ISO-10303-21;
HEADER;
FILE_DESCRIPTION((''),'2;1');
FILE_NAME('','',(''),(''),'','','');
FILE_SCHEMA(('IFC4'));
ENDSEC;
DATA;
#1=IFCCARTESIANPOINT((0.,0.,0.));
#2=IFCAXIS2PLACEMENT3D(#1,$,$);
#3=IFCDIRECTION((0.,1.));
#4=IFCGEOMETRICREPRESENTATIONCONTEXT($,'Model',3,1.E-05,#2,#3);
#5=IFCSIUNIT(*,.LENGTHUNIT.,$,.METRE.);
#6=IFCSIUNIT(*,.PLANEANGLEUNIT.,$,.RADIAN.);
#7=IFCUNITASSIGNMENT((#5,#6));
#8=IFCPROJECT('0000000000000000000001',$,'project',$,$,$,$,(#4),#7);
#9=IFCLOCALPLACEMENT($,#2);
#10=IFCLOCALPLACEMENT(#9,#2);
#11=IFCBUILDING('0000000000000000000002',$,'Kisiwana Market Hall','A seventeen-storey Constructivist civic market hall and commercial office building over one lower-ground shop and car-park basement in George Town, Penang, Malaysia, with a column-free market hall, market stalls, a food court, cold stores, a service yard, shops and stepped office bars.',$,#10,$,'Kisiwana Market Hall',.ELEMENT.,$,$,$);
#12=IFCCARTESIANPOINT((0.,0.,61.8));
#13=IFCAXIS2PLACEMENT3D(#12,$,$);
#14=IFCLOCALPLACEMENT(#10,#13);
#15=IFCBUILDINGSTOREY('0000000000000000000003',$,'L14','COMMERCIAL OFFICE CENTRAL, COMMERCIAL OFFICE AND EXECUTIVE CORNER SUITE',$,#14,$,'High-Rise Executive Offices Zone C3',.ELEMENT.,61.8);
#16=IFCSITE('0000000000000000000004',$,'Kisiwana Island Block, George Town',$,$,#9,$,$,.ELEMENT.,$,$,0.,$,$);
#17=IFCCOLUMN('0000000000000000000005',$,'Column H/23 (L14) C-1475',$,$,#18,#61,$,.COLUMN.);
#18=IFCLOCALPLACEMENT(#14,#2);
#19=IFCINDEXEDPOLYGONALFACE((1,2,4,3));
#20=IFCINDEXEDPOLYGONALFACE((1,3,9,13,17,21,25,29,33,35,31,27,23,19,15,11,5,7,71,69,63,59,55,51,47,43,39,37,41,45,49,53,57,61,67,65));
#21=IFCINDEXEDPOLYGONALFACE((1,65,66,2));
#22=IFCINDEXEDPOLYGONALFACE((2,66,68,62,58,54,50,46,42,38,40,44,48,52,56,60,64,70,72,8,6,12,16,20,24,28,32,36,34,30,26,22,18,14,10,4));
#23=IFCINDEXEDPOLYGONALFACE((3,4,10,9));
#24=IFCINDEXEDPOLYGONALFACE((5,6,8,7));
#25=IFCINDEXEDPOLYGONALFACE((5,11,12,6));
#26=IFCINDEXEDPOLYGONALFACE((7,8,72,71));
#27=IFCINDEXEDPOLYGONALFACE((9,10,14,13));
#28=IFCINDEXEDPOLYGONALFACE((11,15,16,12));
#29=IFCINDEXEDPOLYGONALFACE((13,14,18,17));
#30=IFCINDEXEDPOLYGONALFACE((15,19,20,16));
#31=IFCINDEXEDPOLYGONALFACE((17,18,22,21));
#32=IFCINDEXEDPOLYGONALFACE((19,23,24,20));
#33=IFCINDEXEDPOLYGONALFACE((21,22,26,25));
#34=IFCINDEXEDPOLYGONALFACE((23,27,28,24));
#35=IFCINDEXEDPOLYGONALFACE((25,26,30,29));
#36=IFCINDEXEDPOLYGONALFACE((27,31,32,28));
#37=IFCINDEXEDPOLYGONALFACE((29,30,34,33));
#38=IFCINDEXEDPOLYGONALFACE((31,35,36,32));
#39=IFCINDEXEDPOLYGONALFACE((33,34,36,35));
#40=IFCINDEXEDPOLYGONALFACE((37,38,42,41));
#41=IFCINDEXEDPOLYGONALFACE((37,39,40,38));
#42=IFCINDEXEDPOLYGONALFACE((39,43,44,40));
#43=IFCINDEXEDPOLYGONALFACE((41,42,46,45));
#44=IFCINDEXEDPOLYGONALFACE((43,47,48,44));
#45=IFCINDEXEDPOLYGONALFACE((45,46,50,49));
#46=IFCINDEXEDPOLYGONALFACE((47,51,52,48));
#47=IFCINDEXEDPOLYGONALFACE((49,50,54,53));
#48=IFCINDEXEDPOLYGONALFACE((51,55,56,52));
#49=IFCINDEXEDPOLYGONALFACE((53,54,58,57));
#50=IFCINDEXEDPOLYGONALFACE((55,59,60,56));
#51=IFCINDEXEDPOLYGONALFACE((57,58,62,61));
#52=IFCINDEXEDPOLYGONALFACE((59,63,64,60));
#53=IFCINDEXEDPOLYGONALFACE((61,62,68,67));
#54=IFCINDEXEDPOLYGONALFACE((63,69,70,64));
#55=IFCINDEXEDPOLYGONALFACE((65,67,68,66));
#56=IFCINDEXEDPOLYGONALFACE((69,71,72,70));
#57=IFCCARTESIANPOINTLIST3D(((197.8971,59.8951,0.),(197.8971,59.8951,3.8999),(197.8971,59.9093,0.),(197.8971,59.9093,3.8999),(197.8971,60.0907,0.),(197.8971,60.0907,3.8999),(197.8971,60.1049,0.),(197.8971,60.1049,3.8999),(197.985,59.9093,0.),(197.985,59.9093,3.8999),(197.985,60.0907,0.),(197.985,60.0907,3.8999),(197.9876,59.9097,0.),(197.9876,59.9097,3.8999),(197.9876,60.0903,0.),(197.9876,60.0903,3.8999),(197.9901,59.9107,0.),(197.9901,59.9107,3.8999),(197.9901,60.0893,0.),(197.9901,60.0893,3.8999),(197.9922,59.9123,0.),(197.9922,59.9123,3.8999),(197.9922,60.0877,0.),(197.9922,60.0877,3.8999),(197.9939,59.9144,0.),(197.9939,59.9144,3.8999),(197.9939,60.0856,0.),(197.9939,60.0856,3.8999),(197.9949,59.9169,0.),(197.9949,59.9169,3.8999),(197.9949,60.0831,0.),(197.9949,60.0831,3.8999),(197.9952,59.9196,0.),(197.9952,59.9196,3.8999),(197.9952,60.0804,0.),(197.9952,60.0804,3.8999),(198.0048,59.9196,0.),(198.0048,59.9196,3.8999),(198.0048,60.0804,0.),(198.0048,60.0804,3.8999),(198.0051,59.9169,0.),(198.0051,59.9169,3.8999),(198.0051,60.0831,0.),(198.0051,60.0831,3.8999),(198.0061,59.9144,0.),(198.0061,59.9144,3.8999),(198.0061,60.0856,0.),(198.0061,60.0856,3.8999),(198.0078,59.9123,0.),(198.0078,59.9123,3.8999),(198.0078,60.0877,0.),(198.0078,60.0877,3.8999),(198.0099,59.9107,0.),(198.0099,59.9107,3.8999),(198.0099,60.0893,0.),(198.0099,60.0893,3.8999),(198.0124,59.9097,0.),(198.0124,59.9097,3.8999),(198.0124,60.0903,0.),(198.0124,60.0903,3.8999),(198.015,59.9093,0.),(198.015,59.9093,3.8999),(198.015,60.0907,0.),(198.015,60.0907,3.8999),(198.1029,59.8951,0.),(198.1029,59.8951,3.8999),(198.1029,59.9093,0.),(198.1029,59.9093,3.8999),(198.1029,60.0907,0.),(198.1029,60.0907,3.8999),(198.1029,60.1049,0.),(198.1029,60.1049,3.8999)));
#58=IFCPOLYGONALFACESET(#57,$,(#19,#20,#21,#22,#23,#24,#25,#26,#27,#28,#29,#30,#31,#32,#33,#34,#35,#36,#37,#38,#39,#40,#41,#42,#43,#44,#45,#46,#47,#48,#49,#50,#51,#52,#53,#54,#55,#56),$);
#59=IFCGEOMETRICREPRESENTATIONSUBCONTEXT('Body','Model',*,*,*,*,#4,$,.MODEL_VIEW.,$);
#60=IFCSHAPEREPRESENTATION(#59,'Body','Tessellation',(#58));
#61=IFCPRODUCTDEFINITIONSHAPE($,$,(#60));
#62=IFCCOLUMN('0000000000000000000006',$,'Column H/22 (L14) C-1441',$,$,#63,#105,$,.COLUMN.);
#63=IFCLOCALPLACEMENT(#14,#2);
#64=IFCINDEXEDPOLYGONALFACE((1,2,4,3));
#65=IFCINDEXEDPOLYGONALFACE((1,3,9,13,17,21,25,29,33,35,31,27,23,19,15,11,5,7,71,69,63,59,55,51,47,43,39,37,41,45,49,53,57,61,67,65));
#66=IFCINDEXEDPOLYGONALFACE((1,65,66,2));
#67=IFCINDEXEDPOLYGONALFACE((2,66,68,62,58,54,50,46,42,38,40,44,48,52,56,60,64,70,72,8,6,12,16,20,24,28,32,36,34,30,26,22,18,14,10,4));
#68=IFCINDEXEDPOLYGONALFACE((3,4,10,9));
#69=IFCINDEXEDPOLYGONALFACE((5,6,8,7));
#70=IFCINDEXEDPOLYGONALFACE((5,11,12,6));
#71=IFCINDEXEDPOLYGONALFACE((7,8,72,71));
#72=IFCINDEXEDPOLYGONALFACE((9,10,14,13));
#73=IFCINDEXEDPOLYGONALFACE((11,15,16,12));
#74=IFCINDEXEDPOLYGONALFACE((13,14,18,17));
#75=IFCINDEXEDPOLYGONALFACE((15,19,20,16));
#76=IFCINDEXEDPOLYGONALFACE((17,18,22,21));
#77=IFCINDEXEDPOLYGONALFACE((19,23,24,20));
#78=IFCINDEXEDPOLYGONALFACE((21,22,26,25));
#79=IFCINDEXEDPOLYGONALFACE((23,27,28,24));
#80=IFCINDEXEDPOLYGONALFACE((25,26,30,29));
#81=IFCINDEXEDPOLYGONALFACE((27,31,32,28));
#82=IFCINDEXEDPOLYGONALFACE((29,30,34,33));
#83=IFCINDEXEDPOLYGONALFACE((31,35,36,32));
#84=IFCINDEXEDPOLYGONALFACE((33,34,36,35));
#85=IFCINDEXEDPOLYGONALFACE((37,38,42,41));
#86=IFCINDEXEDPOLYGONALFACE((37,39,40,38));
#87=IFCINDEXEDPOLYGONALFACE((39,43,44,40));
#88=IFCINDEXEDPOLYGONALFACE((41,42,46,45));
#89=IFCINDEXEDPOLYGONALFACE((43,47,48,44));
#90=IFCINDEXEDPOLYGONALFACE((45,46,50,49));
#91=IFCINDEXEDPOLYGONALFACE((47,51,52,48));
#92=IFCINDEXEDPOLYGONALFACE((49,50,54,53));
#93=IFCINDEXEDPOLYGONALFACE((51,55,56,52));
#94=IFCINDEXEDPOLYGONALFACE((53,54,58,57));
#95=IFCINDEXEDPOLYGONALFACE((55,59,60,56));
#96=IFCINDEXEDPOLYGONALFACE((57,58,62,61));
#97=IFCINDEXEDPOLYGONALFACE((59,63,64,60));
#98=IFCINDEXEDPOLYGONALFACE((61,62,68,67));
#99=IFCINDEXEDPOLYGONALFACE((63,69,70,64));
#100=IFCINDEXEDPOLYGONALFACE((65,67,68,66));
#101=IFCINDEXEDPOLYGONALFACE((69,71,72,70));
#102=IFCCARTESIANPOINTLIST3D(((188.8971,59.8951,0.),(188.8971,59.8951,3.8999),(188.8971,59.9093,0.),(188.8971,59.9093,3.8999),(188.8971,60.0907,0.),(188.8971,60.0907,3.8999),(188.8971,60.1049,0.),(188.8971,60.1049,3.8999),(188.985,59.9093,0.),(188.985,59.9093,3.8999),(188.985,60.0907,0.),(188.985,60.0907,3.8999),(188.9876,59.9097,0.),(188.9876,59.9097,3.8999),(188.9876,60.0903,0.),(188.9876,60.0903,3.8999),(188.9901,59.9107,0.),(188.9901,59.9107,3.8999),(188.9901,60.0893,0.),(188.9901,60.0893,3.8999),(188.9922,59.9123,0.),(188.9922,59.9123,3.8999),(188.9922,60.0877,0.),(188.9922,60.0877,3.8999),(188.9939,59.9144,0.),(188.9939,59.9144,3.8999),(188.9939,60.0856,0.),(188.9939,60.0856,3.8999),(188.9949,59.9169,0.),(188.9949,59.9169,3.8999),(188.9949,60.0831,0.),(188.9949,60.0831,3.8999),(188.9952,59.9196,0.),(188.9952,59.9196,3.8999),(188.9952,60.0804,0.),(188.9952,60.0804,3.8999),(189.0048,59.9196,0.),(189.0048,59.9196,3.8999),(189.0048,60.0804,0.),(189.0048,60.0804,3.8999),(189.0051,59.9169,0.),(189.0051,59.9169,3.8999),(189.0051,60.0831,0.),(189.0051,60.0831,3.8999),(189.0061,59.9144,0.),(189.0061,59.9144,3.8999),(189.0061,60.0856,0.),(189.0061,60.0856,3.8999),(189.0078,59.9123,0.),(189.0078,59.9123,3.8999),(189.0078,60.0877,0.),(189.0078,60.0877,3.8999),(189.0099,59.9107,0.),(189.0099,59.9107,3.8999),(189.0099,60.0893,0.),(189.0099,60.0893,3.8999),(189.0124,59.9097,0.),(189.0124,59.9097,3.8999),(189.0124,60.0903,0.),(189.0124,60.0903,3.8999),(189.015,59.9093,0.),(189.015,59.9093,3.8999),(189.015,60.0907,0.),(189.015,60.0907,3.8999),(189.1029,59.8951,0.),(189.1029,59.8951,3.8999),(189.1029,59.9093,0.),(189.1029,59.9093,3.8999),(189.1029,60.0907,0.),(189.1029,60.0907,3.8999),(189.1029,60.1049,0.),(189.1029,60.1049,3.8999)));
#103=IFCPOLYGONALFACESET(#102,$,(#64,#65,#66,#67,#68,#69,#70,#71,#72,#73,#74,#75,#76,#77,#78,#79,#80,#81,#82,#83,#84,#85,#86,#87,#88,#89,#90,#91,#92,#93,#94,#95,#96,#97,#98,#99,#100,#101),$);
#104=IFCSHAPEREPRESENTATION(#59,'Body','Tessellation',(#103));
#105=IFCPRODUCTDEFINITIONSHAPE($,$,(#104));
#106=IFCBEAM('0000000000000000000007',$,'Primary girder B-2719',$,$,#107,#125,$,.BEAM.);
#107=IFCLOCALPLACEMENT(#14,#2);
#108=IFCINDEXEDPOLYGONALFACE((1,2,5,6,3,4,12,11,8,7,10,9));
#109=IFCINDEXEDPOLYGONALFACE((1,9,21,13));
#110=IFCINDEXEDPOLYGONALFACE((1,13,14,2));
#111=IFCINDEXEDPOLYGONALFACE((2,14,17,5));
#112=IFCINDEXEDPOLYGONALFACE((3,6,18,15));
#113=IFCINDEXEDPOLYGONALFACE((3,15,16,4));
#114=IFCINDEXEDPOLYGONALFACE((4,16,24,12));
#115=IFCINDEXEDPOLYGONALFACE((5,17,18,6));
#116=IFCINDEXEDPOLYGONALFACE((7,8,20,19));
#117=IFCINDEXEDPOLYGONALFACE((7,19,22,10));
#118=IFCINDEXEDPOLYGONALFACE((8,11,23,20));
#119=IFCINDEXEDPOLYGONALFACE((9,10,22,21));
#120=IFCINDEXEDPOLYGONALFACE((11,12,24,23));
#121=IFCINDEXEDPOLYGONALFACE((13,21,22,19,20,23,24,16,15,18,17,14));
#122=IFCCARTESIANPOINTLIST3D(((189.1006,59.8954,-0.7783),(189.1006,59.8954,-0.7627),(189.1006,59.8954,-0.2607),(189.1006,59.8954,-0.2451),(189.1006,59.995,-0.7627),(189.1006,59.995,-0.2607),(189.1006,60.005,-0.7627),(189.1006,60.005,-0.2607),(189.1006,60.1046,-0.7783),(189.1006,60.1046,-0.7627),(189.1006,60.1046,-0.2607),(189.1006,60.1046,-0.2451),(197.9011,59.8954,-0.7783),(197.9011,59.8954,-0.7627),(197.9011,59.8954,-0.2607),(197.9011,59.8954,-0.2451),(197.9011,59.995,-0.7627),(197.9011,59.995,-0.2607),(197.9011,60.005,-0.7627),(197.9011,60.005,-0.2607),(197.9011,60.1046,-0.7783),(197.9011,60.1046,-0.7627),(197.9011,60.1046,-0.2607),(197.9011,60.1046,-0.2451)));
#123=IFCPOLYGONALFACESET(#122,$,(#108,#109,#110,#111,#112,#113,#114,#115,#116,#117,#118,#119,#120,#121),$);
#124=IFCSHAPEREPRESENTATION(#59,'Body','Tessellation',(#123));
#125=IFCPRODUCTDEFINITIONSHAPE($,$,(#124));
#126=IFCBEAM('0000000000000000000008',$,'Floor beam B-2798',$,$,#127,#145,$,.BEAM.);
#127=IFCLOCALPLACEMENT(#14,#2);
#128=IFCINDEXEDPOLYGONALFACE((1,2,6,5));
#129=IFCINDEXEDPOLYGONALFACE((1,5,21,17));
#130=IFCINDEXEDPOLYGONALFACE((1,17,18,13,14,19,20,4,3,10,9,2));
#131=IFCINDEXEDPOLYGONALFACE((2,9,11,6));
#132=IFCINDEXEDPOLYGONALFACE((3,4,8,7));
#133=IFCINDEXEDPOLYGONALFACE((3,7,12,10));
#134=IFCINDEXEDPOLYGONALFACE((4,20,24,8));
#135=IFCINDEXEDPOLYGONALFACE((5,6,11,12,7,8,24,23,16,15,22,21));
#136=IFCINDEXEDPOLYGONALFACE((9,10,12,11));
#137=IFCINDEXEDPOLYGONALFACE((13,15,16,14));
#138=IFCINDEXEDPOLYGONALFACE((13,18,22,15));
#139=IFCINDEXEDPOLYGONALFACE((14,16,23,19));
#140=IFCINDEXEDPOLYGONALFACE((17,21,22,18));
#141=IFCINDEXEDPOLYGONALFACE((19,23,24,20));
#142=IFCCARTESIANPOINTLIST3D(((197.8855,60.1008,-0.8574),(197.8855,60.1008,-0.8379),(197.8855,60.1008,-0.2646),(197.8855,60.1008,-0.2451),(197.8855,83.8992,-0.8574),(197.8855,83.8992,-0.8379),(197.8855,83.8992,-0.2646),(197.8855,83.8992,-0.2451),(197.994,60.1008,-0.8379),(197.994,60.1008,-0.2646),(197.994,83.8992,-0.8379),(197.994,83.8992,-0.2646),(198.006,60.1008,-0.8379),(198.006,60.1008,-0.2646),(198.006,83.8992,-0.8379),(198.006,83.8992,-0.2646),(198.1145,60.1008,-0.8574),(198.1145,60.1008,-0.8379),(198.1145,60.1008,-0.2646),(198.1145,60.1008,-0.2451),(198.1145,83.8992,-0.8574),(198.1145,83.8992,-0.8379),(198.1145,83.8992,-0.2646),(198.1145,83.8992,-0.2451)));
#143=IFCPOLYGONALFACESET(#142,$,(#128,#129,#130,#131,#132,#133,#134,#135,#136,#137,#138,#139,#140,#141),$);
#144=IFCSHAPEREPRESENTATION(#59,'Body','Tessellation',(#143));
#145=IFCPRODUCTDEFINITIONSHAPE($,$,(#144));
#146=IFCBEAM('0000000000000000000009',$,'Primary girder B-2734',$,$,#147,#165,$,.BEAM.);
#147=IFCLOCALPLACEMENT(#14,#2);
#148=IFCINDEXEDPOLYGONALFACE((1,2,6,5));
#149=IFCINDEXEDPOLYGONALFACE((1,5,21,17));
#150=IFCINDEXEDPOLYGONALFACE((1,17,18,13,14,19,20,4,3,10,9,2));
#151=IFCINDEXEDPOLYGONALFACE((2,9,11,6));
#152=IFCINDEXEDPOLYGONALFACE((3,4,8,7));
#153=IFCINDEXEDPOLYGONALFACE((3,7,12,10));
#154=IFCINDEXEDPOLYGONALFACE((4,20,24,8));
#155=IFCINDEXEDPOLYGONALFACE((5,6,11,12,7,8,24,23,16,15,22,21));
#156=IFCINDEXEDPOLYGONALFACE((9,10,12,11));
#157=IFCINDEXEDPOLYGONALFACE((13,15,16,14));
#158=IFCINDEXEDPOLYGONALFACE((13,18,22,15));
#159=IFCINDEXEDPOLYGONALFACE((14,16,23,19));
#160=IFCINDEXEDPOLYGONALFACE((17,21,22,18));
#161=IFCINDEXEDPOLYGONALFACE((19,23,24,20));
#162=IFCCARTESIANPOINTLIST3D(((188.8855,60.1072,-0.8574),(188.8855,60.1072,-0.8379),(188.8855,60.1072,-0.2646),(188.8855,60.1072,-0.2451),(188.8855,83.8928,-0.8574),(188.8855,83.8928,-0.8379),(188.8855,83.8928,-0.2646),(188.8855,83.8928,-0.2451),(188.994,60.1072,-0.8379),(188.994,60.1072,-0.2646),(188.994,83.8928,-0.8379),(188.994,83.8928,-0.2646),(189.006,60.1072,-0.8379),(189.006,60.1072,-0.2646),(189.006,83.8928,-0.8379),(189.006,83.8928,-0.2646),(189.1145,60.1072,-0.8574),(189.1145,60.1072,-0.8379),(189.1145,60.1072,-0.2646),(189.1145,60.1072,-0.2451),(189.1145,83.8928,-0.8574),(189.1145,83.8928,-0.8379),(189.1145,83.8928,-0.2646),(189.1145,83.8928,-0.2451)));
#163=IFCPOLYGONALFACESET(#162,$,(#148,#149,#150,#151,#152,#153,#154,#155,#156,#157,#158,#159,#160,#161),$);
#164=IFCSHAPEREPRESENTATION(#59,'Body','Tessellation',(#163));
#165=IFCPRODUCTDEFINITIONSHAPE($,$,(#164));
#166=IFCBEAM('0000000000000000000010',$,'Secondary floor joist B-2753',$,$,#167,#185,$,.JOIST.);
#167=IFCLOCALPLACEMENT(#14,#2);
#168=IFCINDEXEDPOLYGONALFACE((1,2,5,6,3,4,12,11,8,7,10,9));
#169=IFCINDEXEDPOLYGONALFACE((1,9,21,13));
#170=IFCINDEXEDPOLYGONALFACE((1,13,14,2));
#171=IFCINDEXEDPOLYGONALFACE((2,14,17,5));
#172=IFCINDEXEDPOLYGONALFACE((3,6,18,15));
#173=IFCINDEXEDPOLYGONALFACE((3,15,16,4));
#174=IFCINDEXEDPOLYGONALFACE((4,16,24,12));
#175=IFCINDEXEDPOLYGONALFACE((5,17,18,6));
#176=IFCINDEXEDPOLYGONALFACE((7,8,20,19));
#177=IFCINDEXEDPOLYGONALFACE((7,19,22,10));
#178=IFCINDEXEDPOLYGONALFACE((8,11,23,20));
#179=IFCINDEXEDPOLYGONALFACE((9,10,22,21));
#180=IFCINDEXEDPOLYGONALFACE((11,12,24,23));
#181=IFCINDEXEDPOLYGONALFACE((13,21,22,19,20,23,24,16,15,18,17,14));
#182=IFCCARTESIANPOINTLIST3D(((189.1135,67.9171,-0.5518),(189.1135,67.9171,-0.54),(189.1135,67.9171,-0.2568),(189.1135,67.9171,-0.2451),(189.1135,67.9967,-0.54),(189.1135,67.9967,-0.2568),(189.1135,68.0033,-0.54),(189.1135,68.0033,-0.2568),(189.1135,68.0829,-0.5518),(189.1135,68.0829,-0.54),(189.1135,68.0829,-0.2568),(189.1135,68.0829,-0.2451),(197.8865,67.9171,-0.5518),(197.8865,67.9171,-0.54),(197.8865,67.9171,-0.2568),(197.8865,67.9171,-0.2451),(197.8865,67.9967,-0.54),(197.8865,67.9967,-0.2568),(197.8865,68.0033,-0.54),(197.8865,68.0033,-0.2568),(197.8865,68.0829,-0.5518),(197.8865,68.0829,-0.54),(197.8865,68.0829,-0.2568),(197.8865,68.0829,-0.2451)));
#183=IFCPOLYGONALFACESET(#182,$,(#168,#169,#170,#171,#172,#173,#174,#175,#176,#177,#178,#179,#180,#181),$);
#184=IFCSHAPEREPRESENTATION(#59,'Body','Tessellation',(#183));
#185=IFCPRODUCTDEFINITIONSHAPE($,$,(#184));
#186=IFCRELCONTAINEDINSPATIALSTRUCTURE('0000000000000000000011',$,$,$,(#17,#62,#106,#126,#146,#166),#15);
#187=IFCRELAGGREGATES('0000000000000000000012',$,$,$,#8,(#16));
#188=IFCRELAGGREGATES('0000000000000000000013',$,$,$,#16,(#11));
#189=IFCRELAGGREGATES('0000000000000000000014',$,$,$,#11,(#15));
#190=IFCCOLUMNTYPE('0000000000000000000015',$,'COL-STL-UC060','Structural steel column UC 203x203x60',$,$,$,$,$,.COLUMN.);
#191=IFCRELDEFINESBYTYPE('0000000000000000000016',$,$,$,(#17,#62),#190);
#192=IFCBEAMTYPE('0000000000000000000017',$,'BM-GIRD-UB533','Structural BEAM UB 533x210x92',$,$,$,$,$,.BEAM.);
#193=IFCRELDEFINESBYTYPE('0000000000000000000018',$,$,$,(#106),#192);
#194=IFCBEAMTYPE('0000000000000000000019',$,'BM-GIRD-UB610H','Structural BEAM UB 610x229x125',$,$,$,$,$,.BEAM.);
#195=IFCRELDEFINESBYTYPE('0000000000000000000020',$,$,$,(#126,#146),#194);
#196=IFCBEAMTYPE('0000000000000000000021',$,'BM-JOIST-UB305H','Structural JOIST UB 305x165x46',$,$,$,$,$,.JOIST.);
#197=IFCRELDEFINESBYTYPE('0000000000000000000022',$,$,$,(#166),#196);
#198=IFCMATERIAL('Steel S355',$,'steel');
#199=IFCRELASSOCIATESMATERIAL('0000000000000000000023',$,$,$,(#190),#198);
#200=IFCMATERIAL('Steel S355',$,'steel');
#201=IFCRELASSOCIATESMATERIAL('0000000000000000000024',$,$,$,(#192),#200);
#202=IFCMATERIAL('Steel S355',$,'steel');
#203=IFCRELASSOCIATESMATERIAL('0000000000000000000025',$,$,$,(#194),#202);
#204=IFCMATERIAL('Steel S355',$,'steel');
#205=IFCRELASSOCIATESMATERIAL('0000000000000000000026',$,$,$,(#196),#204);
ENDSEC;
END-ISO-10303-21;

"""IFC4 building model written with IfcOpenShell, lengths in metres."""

from ifc_helpers import new_model, si_unit, direction, frame, origin, origin_2d, place, context, subcontext, project, spatial, i_section, extrude, material, material_profile, profile_set, type_object, element, save


model = new_model("IFC4")

# Units and contexts
model_context = context("Model", 3, precision=1e-05, world=origin(), true_north=direction((0.0, 1.0)))
body_context = subcontext(model_context, "Body", "Model", "MODEL_VIEW")
ifc_project = project(units=[si_unit("LENGTHUNIT", "METRE"), si_unit("PLANEANGLEUNIT", "RADIAN")], contexts=[model_context])

# Site, building, storey
site_placement = place(None, origin())
site = spatial("IfcSite", under=ifc_project, at=site_placement, Name="Kisiwana Island Block, George Town", CompositionType="ELEMENT", RefElevation=0.0)
building_placement = place(site_placement, origin())
building = spatial("IfcBuilding", under=site, at=building_placement, Name="Kisiwana Market Hall", Description="A seventeen-storey Constructivist civic market hall and commercial office building over one lower-ground shop and car-park basement in George Town, Penang, Malaysia, with a column-free market hall, market stalls, a food court, cold stores, a service yard, shops and stepped office bars.", LongName="Kisiwana Market Hall", CompositionType="ELEMENT")
storey_placement = place(building_placement, frame((0.0, 0.0, 61.8)))
storey = spatial("IfcBuildingStorey", under=building, at=storey_placement, Name="L14", Description="COMMERCIAL OFFICE CENTRAL, COMMERCIAL OFFICE AND EXECUTIVE CORNER SUITE", LongName="High-Rise Executive Offices Zone C3", CompositionType="ELEMENT", Elevation=61.8)

# Columns
ifc_material_1 = material(Name="Steel S355", Category="steel")
ifc_material_profile_1 = material_profile(ifc_material_1, i_section(OverallWidth=0.2058, OverallDepth=0.2097, WebThickness=0.0095, FlangeThickness=0.0142, FilletRadius=0.0103, at=origin_2d()), Name="UC 203x203x60")
ifc_profile_set_1 = profile_set([ifc_material_profile_1], Name="Steel S355")
column_type = type_object("IfcColumnType", Name="COL-STL-UC060", Description="Structural steel column UC 203x203x60", PredefinedType="COLUMN", material=ifc_profile_set_1)
for number, where, z_axis, x_axis, name in (
    (1, (198.0, 60.0, 0.0), (0.0, 0.0, 1.0), (1.0, 0.0, 0.0), "Column H/23 (L14) C-1475"),
    (2, (189.0, 60.0, 0.0), (0.0, 0.0, 1.0), (1.0, 0.0, 0.0), "Column H/22 (L14) C-1441"),
):
    element("IfcColumn", number, at=place(storey_placement, frame(where, z_axis=z_axis, x_axis=x_axis)), inside=storey, type_object=column_type, Name=name, PredefinedType="COLUMN", context=body_context, shape_type="SweptSolid", body=[
        extrude(i_section(OverallWidth=0.2058, OverallDepth=0.2097, WebThickness=0.0095, FlangeThickness=0.0142, FilletRadius=0.0103, at=origin_2d()), origin(), (0.0, 0.0, 1.0), 3.8999),
    ])

# Beams
ifc_material_2 = material(Name="Steel S355", Category="steel")
ifc_material_profile_2 = material_profile(ifc_material_2, i_section(OverallWidth=0.2092, OverallDepth=0.5332, WebThickness=0.01, FlangeThickness=0.0156, at=origin_2d()), Name="UB 533x210x92")
ifc_profile_set_2 = profile_set([ifc_material_profile_2], Name="Steel S355")
beam_type_1 = type_object("IfcBeamType", Name="BM-GIRD-UB533", Description="Structural BEAM UB 533x210x92", PredefinedType="BEAM", material=ifc_profile_set_2)
beam_1_placement = place(storey_placement, frame((189.1006, 60.0, -0.5117), z_axis=(1.0, 0.0, 0.0), x_axis=(0.0, 1.0, 0.0)))
element("IfcBeam", 3, at=beam_1_placement, inside=storey, type_object=beam_type_1, Name="Primary girder B-2719", PredefinedType="BEAM", context=body_context, shape_type="SweptSolid", body=[
    extrude(i_section(OverallWidth=0.2092, OverallDepth=0.5332, WebThickness=0.01, FlangeThickness=0.0156, at=origin_2d()), origin(), (0.0, 0.0, 1.0), 8.8005),
])
ifc_material_3 = material(Name="Steel S355", Category="steel")
ifc_material_profile_3 = material_profile(ifc_material_3, i_section(OverallWidth=0.229, OverallDepth=0.6123, WebThickness=0.012, FlangeThickness=0.0195, at=origin_2d()), Name="UB 610x229x125")
ifc_profile_set_3 = profile_set([ifc_material_profile_3], Name="Steel S355")
beam_type_2 = type_object("IfcBeamType", Name="BM-GIRD-UB610H", Description="Structural BEAM UB 610x229x125", PredefinedType="BEAM", material=ifc_profile_set_3)
beam_2_placement = place(storey_placement, frame((198.0, 60.1008, -0.5513), z_axis=(0.0, 1.0, 0.0), x_axis=(-1.0, 0.0, 0.0)))
element("IfcBeam", 4, at=beam_2_placement, inside=storey, type_object=beam_type_2, Name="Floor beam B-2798", PredefinedType="BEAM", context=body_context, shape_type="SweptSolid", body=[
    extrude(i_section(OverallWidth=0.229, OverallDepth=0.6123, WebThickness=0.012, FlangeThickness=0.0195, at=origin_2d()), origin(), (0.0, 0.0, 1.0), 23.7983),
])
beam_3_placement = place(storey_placement, frame((189.0, 60.1072, -0.5513), z_axis=(0.0, 1.0, 0.0), x_axis=(-1.0, 0.0, 0.0)))
element("IfcBeam", 5, at=beam_3_placement, inside=storey, type_object=beam_type_2, Name="Primary girder B-2734", PredefinedType="BEAM", context=body_context, shape_type="SweptSolid", body=[
    extrude(i_section(OverallWidth=0.229, OverallDepth=0.6123, WebThickness=0.012, FlangeThickness=0.0195, at=origin_2d()), origin(), (0.0, 0.0, 1.0), 23.7856),
])
ifc_material_4 = material(Name="Steel S355", Category="steel")
ifc_material_profile_4 = material_profile(ifc_material_4, i_section(OverallWidth=0.1658, OverallDepth=0.3066, WebThickness=0.0066, FlangeThickness=0.0117, at=origin_2d()), Name="UB 305x165x46")
ifc_profile_set_4 = profile_set([ifc_material_profile_4], Name="Steel S355")
beam_type_3 = type_object("IfcBeamType", Name="BM-JOIST-UB305H", Description="Structural JOIST UB 305x165x46", PredefinedType="JOIST", material=ifc_profile_set_4)
for number, where, z_axis, x_axis, name in (
    (6, (189.1135, 68.0, -0.3984), (1.0, 0.0, 0.0), (0.0, 1.0, 0.0), "Secondary floor joist B-2753"),
):
    element("IfcBeam", number, at=place(storey_placement, frame(where, z_axis=z_axis, x_axis=x_axis)), inside=storey, type_object=beam_type_3, Name=name, PredefinedType="JOIST", context=body_context, shape_type="SweptSolid", body=[
        extrude(i_section(OverallWidth=0.1658, OverallDepth=0.3066, WebThickness=0.0066, FlangeThickness=0.0117, at=origin_2d()), origin(), (0.0, 0.0, 1.0), 8.7729),
    ])

save(model, "model.ifc")
